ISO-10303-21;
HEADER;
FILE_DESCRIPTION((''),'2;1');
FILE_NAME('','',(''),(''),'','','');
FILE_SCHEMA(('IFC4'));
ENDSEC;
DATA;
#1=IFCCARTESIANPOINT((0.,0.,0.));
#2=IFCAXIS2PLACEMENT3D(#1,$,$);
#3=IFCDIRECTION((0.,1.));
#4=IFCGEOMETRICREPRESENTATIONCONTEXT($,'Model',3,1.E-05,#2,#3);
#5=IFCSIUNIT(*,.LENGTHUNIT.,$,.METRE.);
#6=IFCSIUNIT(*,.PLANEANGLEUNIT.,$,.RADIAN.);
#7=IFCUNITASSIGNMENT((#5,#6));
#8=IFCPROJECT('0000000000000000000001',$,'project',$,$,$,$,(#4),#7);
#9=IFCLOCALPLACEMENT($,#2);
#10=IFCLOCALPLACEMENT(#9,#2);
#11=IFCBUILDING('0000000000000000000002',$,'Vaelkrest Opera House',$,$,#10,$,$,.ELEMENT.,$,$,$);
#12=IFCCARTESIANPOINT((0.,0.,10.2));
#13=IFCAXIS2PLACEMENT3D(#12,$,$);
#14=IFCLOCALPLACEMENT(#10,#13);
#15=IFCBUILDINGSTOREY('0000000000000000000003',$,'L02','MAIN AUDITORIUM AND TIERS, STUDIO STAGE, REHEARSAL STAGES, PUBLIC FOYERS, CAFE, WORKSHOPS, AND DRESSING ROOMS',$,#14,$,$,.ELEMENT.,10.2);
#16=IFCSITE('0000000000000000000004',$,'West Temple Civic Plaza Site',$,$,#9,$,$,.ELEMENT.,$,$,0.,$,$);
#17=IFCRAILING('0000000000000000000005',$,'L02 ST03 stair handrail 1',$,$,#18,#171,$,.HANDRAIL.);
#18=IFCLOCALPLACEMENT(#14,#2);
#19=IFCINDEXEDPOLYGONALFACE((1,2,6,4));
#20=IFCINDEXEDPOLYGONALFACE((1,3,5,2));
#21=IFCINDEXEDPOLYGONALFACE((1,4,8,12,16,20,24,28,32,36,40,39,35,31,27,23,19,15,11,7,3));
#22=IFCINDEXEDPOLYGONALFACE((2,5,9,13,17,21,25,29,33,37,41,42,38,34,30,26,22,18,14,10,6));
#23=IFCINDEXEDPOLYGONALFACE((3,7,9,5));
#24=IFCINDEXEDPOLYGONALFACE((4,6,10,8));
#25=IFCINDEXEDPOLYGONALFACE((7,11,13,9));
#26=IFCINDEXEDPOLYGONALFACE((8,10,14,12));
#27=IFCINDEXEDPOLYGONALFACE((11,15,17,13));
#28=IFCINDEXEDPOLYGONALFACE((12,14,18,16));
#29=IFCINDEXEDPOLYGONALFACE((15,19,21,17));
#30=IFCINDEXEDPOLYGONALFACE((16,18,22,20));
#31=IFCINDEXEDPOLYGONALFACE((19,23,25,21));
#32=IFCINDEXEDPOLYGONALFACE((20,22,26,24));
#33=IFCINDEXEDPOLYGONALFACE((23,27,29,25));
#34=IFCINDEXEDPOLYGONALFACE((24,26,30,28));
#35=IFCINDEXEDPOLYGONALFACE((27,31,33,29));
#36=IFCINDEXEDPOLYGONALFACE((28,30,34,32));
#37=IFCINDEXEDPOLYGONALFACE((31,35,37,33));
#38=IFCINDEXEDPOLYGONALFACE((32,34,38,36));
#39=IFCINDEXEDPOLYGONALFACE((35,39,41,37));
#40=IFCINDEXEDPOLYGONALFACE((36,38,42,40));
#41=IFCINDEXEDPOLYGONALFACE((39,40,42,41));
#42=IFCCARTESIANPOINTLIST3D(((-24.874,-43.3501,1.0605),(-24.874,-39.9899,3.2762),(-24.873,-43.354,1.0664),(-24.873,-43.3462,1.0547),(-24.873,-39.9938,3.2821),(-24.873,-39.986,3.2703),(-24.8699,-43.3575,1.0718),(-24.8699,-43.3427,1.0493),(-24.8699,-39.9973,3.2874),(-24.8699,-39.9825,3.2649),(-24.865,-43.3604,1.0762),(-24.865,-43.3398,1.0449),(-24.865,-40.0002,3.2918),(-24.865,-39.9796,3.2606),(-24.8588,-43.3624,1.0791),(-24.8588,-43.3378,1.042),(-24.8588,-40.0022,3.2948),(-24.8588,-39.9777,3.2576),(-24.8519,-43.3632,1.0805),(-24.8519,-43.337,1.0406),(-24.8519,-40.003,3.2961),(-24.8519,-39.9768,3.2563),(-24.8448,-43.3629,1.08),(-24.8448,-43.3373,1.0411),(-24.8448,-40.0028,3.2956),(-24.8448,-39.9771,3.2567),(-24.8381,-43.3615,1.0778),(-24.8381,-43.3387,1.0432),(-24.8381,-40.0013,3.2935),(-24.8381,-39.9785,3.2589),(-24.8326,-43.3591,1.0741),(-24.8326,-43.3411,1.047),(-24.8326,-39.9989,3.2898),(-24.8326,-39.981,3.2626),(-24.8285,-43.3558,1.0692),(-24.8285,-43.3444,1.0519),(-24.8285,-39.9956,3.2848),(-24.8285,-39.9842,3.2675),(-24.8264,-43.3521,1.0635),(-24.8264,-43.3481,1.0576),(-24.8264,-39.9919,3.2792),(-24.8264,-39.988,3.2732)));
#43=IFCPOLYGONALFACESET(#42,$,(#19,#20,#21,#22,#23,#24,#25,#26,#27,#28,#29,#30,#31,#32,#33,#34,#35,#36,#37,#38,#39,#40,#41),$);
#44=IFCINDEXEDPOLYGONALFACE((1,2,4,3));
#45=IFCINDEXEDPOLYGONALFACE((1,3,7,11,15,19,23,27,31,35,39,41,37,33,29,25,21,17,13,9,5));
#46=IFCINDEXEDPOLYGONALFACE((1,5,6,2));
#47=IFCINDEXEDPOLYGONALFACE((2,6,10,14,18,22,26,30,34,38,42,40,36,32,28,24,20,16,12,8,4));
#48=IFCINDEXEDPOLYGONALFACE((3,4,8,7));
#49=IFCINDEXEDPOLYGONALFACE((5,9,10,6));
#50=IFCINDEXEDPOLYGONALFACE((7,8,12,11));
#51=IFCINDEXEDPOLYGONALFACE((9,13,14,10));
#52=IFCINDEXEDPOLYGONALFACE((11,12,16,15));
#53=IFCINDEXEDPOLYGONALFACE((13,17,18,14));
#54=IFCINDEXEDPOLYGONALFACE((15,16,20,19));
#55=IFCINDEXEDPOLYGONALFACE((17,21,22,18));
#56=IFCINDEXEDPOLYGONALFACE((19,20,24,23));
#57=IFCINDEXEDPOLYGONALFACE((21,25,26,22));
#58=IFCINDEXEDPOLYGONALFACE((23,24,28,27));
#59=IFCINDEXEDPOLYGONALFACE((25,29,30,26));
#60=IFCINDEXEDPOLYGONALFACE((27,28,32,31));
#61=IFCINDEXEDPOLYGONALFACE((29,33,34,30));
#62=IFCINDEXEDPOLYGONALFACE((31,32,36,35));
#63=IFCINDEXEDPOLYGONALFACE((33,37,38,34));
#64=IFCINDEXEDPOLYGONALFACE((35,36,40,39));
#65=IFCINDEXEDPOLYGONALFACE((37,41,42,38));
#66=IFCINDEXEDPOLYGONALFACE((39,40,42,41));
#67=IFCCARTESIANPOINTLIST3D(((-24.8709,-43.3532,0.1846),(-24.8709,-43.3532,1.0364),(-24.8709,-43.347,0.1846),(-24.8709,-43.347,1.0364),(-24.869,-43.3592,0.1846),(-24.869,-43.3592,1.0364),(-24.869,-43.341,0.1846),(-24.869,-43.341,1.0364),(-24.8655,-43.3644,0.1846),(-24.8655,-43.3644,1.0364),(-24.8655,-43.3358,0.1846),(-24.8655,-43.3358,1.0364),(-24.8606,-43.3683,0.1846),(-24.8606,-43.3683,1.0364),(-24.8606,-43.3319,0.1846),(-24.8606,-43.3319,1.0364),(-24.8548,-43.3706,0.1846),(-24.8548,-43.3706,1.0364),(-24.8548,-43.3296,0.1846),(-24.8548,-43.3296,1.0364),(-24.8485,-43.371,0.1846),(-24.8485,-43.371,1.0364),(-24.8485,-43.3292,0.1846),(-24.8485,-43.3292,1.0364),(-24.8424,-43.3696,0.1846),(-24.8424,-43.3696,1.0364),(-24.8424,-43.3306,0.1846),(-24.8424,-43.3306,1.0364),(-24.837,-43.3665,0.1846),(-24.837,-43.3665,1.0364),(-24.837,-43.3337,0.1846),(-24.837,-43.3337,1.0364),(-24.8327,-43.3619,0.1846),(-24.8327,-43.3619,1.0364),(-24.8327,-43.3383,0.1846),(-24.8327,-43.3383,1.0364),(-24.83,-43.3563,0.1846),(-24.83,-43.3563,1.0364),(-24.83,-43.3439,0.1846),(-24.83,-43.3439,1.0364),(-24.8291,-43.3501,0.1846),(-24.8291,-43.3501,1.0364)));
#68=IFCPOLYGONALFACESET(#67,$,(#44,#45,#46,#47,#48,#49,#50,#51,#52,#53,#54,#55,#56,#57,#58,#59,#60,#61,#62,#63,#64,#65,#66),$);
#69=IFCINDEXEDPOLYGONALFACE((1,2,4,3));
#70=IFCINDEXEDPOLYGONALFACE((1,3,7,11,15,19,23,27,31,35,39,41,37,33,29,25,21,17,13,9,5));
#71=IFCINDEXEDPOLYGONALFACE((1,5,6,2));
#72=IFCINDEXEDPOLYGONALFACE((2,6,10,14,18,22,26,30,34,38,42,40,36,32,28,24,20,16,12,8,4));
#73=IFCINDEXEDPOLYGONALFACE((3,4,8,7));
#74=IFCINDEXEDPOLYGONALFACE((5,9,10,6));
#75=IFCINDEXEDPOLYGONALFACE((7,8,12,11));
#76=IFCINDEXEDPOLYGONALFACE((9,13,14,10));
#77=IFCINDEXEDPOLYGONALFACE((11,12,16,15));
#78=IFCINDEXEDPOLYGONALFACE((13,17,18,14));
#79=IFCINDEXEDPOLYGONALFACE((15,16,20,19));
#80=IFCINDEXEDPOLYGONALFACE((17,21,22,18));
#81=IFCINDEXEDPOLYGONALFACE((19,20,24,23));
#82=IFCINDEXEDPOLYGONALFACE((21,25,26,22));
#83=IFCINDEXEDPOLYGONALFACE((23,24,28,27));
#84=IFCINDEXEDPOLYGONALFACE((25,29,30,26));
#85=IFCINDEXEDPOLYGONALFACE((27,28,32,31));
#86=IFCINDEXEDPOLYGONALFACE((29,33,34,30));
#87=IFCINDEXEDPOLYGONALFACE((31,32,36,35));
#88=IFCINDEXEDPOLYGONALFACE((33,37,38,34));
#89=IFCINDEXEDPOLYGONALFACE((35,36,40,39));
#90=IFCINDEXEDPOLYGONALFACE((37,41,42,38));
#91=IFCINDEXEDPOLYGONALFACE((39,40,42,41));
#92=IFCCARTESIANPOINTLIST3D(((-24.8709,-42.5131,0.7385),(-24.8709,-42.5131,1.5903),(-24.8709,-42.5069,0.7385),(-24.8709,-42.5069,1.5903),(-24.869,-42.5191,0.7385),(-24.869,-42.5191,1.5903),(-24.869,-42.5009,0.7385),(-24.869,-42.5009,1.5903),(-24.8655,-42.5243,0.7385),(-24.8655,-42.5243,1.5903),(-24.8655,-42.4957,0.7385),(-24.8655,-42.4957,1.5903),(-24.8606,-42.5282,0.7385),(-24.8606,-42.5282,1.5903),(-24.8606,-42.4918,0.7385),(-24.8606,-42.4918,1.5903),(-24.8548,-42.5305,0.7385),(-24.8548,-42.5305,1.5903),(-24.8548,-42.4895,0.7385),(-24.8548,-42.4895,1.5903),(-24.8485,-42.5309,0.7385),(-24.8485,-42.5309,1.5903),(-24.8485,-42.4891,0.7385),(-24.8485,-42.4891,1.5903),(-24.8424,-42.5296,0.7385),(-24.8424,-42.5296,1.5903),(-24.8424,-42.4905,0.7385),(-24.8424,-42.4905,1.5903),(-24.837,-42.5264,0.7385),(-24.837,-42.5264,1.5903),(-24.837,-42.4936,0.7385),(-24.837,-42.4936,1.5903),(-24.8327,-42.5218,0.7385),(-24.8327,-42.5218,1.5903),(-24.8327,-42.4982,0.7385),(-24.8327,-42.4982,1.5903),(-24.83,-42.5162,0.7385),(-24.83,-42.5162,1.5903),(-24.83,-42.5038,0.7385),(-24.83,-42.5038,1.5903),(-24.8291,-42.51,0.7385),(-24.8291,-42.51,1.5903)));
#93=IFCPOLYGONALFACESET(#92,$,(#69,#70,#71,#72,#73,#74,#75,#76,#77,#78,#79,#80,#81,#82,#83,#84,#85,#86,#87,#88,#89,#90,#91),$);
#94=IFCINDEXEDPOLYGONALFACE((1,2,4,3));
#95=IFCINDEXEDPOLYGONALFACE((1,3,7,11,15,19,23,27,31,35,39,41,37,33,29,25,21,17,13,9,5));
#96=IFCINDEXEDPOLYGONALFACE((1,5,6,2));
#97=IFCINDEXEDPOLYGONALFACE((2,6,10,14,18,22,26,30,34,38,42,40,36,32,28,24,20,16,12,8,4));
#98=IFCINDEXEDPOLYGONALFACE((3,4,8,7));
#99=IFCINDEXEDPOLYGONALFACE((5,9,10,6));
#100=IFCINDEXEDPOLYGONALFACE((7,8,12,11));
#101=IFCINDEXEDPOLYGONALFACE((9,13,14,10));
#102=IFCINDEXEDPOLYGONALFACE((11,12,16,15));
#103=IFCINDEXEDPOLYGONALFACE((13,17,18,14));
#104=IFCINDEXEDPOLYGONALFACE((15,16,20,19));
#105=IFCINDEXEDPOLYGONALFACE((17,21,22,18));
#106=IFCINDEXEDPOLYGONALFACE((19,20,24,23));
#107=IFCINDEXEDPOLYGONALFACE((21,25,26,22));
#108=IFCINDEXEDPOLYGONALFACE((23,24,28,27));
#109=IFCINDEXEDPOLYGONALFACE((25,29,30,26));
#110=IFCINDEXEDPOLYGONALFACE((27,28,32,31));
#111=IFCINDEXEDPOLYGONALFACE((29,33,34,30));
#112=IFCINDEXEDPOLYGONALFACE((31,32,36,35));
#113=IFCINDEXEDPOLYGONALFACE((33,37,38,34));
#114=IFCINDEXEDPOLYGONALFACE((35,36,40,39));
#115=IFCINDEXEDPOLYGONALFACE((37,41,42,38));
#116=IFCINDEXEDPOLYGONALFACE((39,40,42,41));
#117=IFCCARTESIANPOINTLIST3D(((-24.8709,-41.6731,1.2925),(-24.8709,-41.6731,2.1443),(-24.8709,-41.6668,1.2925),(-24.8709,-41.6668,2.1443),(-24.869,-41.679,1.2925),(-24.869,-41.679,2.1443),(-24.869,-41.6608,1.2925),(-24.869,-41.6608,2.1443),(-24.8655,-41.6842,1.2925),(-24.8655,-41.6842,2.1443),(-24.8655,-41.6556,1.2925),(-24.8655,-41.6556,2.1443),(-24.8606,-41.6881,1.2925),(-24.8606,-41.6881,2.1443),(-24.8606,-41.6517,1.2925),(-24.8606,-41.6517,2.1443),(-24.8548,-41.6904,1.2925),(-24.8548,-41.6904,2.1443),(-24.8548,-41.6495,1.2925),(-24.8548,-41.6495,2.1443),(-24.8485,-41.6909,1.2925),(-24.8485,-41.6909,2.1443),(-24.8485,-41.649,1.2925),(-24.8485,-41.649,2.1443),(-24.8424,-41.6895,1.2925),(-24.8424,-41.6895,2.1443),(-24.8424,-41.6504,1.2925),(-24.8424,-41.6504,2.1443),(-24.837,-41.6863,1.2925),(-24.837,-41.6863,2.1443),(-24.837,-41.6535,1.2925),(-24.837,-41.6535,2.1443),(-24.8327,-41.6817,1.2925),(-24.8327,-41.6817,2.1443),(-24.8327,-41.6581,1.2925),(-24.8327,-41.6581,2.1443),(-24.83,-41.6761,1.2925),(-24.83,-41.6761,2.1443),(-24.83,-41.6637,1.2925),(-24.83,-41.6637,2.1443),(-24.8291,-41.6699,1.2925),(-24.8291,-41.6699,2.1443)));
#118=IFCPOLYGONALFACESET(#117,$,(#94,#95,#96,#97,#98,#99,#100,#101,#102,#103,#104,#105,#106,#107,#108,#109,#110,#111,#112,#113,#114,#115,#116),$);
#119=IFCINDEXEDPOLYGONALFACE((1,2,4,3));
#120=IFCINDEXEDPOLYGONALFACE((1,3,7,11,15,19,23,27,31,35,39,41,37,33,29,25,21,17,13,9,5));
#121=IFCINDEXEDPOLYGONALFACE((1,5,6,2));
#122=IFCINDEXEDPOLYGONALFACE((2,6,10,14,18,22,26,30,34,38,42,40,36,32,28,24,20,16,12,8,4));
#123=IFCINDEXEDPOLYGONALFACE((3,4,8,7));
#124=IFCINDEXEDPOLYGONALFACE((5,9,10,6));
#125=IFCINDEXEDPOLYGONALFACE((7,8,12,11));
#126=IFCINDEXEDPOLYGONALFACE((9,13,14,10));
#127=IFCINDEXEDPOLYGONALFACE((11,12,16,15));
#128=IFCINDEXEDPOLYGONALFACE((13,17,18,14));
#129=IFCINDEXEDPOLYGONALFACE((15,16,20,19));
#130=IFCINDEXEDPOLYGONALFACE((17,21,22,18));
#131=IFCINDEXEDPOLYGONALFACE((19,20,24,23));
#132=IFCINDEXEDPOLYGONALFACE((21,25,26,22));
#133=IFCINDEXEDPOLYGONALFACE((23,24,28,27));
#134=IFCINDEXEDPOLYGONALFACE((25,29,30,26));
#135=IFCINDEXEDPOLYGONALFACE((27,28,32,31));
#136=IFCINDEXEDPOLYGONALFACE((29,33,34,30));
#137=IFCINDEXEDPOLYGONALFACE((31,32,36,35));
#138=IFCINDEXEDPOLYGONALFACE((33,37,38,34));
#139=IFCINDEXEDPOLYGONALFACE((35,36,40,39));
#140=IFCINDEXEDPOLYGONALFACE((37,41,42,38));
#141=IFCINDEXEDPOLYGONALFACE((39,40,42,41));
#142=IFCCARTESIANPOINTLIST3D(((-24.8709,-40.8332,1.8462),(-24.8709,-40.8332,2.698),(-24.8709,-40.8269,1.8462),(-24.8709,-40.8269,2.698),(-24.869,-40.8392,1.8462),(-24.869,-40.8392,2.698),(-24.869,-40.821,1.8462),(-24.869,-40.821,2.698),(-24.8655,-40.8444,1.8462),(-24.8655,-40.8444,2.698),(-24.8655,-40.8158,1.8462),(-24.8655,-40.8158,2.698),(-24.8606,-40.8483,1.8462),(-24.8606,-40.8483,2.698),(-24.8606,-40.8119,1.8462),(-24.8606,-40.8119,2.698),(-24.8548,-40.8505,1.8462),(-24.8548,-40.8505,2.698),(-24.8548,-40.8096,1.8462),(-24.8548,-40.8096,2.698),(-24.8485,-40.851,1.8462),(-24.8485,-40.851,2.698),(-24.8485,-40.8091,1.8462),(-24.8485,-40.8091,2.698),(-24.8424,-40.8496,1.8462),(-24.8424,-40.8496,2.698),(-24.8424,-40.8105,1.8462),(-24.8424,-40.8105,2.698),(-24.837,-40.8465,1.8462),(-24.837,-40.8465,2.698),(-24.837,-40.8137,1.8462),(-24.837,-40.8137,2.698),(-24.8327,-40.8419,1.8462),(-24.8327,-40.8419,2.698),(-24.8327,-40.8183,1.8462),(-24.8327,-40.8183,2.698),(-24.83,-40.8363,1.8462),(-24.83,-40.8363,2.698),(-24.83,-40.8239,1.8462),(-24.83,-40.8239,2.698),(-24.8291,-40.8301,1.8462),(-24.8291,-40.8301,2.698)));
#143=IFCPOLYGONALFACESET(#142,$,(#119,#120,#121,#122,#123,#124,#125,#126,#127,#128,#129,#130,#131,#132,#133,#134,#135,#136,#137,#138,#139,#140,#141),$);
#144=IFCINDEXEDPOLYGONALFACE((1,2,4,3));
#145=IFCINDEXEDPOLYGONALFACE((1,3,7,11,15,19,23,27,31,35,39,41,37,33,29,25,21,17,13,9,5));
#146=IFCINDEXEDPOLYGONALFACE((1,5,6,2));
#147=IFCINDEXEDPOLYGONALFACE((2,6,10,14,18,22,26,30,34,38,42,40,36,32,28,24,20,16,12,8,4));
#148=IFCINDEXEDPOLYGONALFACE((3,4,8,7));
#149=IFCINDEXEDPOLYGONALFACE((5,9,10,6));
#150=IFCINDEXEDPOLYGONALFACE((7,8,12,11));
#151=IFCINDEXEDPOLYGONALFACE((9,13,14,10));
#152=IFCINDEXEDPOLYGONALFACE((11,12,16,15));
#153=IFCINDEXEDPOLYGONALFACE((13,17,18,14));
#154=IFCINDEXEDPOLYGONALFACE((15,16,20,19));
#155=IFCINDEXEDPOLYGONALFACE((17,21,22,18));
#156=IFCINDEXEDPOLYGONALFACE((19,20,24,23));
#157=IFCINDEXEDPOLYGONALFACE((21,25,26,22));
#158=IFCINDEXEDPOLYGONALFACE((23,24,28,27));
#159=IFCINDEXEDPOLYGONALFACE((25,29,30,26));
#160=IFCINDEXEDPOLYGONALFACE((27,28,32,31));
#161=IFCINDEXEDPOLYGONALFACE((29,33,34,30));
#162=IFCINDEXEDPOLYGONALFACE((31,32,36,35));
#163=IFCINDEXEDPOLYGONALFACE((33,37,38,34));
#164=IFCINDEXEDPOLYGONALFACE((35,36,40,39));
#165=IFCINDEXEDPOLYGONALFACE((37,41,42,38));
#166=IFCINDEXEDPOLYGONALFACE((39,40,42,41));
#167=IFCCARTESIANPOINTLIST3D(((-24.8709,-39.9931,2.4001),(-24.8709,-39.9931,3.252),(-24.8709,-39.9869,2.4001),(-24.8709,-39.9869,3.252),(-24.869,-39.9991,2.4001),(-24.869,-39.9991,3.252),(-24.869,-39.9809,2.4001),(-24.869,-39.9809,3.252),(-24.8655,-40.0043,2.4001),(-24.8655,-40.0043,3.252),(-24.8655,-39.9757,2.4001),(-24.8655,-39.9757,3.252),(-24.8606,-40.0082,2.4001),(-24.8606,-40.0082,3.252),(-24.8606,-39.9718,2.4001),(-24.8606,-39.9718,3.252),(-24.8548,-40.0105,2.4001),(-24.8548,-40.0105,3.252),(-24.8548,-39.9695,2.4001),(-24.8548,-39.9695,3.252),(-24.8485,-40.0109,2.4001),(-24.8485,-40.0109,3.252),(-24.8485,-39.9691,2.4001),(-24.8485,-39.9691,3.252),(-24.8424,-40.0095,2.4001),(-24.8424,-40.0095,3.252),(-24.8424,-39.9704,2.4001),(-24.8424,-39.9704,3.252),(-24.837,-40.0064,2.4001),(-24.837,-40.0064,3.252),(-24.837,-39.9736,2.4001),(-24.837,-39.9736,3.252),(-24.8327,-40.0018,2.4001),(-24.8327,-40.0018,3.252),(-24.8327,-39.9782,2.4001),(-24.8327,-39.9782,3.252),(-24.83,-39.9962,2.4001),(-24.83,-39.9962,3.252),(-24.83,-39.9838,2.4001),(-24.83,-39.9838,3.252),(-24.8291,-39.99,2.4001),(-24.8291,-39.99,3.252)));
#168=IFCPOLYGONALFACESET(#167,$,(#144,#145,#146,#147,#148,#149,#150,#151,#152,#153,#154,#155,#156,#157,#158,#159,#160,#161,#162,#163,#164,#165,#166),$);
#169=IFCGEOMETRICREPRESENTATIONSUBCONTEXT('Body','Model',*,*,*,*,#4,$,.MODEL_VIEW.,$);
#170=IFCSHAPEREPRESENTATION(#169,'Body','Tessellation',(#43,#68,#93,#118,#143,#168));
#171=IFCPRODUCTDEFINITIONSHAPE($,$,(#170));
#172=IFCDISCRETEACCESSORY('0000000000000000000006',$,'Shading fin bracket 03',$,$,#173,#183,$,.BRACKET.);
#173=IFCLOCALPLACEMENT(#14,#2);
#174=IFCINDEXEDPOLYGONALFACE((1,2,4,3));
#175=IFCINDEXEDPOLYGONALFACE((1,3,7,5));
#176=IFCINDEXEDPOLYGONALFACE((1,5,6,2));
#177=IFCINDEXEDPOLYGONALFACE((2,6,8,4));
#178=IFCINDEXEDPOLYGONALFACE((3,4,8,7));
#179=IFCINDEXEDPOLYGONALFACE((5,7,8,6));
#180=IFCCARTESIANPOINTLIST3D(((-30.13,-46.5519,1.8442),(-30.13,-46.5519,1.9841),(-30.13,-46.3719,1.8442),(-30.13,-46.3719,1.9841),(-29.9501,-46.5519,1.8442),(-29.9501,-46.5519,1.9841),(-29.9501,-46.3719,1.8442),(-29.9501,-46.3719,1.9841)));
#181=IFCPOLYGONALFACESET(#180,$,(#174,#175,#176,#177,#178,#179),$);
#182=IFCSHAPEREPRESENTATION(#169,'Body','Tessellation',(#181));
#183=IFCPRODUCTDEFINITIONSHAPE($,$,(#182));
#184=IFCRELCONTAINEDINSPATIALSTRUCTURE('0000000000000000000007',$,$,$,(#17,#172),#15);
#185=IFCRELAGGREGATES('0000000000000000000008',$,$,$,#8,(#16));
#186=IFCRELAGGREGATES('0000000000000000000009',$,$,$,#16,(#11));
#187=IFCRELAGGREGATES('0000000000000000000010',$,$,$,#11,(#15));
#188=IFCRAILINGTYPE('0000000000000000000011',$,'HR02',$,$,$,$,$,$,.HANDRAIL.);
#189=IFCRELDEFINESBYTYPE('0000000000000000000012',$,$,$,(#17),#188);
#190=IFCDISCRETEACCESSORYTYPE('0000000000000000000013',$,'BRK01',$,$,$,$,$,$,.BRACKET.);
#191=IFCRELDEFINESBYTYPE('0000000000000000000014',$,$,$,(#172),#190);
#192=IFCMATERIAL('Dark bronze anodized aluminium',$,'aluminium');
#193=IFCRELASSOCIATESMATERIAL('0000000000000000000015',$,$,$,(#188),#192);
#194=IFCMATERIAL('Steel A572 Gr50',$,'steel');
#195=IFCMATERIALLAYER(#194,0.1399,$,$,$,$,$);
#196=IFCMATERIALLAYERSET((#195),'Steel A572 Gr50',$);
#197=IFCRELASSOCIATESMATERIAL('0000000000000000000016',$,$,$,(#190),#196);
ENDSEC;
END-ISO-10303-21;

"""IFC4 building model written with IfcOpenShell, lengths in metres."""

from ifc_helpers import new_model, si_unit, direction, frame, origin, origin_2d, place, context, subcontext, project, spatial, rectangle, circle, extrude, material, layer, layer_set, type_object, element, save


model = new_model("IFC4")

# Units and contexts
model_context = context("Model", 3, precision=1e-05, world=origin(), true_north=direction((0.0, 1.0)))
body_context = subcontext(model_context, "Body", "Model", "MODEL_VIEW")
ifc_project = project(units=[si_unit("LENGTHUNIT", "METRE"), si_unit("PLANEANGLEUNIT", "RADIAN")], contexts=[model_context])

# Site, building, storey
site_placement = place(None, origin())
site = spatial("IfcSite", under=ifc_project, at=site_placement, Name="West Temple Civic Plaza Site", CompositionType="ELEMENT", RefElevation=0.0)
building_placement = place(site_placement, origin())
building = spatial("IfcBuilding", under=site, at=building_placement, Name="Vaelkrest Opera House", CompositionType="ELEMENT")
storey_placement = place(building_placement, frame((0.0, 0.0, 10.2)))
storey = spatial("IfcBuildingStorey", under=building, at=storey_placement, Name="L02", Description="MAIN AUDITORIUM AND TIERS, STUDIO STAGE, REHEARSAL STAGES, PUBLIC FOYERS, CAFE, WORKSHOPS, AND DRESSING ROOMS", CompositionType="ELEMENT", Elevation=10.2)

# Shared definitions
ifc_material_1 = material(Name="Dark bronze anodized aluminium", Category="aluminium")

# Railing
railing_type_1 = type_object("IfcRailingType", Name="HR02", PredefinedType="HANDRAIL", material=ifc_material_1)
railing_1_placement = place(storey_placement, frame((-24.8501, -43.3501, 0.1846)))
element("IfcRailing", 1, at=railing_1_placement, inside=storey, type_object=railing_type_1, Name="L02 ST03 stair handrail 1", PredefinedType="HANDRAIL", context=body_context, shape_type="SweptSolid", body=[
    extrude(circle(Radius=0.0239, at=origin_2d()), frame((0.0, 0.0, 0.876), z_axis=(0.0, 0.834849, 0.55048), x_axis=(-1.0, 0.0, 0.0)), (0.0, 0.0, 1.0), 4.0249),
    extrude(circle(Radius=0.021, at=origin_2d()), origin(), (0.0, 0.0, 1.0), 0.8518),
    extrude(circle(Radius=0.021, at=origin_2d()), frame((0.0, 0.8401, 0.554)), (0.0, 0.0, 1.0), 0.8518),
    extrude(circle(Radius=0.021, at=origin_2d()), frame((0.0, 1.6802, 1.1079)), (0.0, 0.0, 1.0), 0.8518),
    extrude(circle(Radius=0.021, at=origin_2d()), frame((0.0, 2.52, 1.6616)), (0.0, 0.0, 1.0), 0.8518),
    extrude(circle(Radius=0.021, at=origin_2d()), frame((0.0, 3.3601, 2.2156)), (0.0, 0.0, 1.0), 0.8518),
])

# Discrete accessory
ifc_material_2 = material(Name="Steel A572 Gr50", Category="steel")
ifc_layer_1 = layer(ifc_material_2, 0.1399)
ifc_layer_set_1 = layer_set([ifc_layer_1], Name="Steel A572 Gr50")
discrete_accessory_type = type_object("IfcDiscreteAccessoryType", Name="BRK01", PredefinedType="BRACKET", material=ifc_layer_set_1)
discrete_accessory_placement = place(storey_placement, frame((-30.04, -46.4619, 1.8442), z_axis=(0.0, 0.0, 1.0), x_axis=(-1.0, 0.0, 0.0)))
element("IfcDiscreteAccessory", 2, at=discrete_accessory_placement, inside=storey, type_object=discrete_accessory_type, Name="Shading fin bracket 03", PredefinedType="BRACKET", context=body_context, shape_type="SweptSolid", body=[
    extrude(rectangle(XDim=0.1799, YDim=0.1799, at=origin_2d()), origin(), (0.0, 0.0, 1.0), 0.1399),
])

save(model, "model.ifc")
